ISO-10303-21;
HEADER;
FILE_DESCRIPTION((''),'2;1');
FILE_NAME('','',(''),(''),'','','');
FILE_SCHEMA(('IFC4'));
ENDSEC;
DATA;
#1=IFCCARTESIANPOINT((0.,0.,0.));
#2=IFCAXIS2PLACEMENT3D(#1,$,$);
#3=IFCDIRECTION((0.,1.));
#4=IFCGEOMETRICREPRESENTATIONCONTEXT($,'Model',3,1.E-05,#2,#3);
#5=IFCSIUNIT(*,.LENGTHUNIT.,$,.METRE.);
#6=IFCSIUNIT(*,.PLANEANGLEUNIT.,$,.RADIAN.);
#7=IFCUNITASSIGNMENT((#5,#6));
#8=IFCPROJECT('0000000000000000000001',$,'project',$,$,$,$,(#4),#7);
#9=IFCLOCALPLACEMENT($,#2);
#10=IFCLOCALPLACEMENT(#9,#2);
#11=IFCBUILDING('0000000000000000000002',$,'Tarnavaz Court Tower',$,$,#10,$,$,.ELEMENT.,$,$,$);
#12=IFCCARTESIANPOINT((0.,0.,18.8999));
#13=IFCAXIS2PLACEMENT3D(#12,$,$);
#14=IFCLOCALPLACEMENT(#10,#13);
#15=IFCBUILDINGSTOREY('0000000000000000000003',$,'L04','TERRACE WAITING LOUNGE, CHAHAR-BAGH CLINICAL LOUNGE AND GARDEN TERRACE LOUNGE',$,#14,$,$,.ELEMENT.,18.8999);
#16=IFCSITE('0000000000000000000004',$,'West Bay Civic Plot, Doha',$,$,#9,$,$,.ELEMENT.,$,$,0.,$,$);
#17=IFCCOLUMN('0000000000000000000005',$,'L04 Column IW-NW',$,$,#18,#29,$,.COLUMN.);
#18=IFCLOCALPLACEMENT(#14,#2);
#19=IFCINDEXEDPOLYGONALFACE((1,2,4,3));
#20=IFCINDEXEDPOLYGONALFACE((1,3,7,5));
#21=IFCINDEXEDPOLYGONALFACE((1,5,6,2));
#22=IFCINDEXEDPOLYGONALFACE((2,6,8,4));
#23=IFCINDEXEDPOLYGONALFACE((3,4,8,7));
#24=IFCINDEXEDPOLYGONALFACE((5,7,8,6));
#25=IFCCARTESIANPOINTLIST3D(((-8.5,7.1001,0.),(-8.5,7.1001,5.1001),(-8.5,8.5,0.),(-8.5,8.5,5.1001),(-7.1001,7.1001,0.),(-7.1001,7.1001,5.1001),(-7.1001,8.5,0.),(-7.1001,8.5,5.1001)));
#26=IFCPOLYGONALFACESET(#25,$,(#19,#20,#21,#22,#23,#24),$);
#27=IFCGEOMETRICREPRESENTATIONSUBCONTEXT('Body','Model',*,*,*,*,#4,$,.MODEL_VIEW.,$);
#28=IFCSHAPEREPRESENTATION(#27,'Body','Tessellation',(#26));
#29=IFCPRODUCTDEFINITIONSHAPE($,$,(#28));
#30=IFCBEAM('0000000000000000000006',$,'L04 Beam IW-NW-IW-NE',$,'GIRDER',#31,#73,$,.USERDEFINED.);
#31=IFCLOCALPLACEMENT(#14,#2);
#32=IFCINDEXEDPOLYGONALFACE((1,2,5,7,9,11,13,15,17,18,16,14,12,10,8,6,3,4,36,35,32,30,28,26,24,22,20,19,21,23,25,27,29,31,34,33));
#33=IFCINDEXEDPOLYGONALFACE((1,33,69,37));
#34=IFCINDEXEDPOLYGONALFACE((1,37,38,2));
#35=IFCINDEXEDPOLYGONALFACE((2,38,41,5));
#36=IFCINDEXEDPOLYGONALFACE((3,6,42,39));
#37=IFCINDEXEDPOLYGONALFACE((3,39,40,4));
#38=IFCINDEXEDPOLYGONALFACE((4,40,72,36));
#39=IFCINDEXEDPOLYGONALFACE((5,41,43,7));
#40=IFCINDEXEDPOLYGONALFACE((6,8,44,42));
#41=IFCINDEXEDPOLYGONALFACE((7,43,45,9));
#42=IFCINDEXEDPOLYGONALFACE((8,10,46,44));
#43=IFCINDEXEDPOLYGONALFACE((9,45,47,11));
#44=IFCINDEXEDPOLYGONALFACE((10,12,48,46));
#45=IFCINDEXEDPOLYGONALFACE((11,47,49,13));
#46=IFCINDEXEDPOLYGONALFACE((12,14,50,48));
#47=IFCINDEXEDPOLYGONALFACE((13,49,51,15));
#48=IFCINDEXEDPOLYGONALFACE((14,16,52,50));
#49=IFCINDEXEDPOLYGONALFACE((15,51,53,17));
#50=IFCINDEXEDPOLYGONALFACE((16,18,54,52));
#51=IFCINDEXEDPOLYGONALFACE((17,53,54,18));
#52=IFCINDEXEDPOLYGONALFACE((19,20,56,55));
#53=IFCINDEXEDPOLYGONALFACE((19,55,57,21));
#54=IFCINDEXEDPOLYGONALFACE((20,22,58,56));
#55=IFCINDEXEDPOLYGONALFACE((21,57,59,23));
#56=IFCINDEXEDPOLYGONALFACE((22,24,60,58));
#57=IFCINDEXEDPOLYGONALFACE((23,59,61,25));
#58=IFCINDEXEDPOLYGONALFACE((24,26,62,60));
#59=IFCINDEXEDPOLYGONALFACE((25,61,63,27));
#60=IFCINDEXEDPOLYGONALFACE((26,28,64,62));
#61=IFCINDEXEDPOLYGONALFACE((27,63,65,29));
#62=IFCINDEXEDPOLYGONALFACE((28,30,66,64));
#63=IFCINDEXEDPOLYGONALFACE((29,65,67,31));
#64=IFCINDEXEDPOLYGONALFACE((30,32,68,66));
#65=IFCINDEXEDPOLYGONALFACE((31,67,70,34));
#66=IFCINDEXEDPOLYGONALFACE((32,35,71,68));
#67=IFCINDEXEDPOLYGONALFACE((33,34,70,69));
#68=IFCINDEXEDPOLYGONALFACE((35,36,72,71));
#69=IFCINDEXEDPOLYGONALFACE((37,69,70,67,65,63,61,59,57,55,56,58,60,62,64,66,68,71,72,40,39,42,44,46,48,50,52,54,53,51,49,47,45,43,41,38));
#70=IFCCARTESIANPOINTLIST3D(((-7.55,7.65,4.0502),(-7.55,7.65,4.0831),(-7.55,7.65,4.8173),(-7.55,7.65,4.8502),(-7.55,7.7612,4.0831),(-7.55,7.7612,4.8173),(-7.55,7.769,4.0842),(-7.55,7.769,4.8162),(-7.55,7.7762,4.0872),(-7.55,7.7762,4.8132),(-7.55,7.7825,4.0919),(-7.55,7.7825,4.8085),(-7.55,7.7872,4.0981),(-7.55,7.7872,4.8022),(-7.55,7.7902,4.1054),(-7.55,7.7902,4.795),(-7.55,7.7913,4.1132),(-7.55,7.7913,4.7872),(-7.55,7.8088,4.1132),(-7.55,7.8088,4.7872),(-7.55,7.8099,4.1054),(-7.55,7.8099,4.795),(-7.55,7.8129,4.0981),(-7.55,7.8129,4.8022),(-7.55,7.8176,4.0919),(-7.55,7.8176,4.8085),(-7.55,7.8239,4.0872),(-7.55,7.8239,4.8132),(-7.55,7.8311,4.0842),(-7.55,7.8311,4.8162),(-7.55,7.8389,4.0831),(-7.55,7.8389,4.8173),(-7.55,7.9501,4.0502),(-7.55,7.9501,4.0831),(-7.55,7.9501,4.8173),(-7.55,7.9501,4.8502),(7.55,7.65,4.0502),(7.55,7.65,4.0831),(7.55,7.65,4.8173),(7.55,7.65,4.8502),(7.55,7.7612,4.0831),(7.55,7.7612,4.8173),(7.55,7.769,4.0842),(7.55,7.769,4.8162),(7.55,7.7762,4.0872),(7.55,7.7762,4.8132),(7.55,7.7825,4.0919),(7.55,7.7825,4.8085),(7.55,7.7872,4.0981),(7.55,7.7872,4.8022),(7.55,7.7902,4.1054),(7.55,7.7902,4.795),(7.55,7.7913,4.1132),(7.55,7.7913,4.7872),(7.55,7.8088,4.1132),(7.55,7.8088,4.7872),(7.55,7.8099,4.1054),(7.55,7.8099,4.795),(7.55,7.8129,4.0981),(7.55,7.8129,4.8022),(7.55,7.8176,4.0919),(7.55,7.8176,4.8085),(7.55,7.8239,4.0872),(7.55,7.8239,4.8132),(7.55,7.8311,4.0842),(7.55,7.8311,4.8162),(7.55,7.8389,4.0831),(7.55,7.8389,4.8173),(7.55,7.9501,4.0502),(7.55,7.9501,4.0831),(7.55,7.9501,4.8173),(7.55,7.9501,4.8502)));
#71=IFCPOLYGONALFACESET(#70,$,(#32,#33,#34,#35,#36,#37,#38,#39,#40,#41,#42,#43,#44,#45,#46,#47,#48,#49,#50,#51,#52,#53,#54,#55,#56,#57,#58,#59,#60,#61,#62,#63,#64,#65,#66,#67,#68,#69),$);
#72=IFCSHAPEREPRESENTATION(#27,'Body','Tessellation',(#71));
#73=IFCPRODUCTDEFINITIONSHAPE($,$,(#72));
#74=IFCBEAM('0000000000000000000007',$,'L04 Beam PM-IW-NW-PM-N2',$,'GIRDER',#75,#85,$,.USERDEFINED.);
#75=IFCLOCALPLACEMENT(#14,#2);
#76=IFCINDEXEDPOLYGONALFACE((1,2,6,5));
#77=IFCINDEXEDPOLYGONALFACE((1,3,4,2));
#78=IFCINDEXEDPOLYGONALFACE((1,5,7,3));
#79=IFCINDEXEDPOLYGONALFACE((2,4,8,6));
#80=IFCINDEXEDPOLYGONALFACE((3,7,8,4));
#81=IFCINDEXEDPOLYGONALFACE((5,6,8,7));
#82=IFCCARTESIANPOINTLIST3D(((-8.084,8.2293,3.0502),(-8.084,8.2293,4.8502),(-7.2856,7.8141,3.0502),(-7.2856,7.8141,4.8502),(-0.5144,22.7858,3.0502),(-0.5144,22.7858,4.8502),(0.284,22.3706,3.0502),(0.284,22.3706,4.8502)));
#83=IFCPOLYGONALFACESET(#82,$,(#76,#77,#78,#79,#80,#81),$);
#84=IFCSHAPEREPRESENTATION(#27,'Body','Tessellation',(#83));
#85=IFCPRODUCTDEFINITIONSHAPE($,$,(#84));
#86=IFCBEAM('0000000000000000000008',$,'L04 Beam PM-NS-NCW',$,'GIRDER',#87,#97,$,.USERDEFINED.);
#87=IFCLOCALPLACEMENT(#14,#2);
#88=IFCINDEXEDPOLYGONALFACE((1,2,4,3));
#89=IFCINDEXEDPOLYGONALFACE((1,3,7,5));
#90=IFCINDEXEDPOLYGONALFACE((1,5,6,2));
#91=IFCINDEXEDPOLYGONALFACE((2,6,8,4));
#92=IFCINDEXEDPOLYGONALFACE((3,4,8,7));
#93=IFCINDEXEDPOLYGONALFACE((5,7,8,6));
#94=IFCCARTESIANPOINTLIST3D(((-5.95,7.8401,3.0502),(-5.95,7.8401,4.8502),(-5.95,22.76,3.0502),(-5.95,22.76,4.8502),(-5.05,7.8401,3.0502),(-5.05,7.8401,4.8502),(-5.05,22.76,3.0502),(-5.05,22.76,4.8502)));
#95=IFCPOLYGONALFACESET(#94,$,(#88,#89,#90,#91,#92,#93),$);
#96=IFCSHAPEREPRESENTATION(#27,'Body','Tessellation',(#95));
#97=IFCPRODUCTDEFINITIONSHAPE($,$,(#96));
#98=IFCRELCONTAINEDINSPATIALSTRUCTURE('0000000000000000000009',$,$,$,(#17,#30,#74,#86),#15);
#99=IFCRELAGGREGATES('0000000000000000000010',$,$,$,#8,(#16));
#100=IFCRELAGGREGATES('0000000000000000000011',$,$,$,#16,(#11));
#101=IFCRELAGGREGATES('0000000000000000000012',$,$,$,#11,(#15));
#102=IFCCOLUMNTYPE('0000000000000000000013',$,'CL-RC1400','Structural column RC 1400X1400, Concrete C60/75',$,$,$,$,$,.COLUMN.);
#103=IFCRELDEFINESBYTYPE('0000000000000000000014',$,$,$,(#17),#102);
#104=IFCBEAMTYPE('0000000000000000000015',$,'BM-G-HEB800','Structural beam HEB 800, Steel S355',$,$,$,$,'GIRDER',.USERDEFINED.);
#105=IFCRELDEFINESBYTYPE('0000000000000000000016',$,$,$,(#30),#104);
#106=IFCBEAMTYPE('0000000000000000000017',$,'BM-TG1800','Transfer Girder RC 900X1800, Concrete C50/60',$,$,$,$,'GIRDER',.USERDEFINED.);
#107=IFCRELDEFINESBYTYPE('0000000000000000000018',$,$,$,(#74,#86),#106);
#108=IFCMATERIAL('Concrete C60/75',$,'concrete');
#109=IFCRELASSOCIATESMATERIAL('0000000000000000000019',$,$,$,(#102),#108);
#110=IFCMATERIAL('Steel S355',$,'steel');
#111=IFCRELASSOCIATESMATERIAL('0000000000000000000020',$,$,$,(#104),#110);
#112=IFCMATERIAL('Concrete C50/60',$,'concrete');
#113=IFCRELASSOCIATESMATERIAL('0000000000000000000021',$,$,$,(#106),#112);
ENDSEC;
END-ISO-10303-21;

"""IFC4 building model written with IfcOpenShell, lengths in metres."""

from ifc_helpers import new_model, si_unit, direction, frame, origin, origin_2d, place, context, subcontext, project, spatial, rectangle, i_section, extrude, material, material_profile, profile_set, type_object, element, save


model = new_model("IFC4")

# Units and contexts
model_context = context("Model", 3, precision=1e-05, world=origin(), true_north=direction((0.0, 1.0)))
body_context = subcontext(model_context, "Body", "Model", "MODEL_VIEW")
ifc_project = project(units=[si_unit("LENGTHUNIT", "METRE"), si_unit("PLANEANGLEUNIT", "RADIAN")], contexts=[model_context])

# Site, building, storey
site_placement = place(None, origin())
site = spatial("IfcSite", under=ifc_project, at=site_placement, Name="West Bay Civic Plot, Doha", CompositionType="ELEMENT", RefElevation=0.0)
building_placement = place(site_placement, origin())
building = spatial("IfcBuilding", under=site, at=building_placement, Name="Tarnavaz Court Tower", CompositionType="ELEMENT")
storey_placement = place(building_placement, frame((0.0, 0.0, 18.8999)))
storey = spatial("IfcBuildingStorey", under=building, at=storey_placement, Name="L04", Description="TERRACE WAITING LOUNGE, CHAHAR-BAGH CLINICAL LOUNGE AND GARDEN TERRACE LOUNGE", CompositionType="ELEMENT", Elevation=18.8999)

# Column
ifc_material_1 = material(Name="Concrete C60/75", Category="concrete")
ifc_material_profile_1 = material_profile(ifc_material_1, rectangle(XDim=1.3999, YDim=1.3999, at=origin_2d()), Name="RC 1400X1400")
ifc_profile_set_1 = profile_set([ifc_material_profile_1], Name="Concrete C60/75")
column_type = type_object("IfcColumnType", Name="CL-RC1400", Description="Structural column RC 1400X1400, Concrete C60/75", PredefinedType="COLUMN", material=ifc_profile_set_1)
column_placement = place(storey_placement, frame((-7.8, 7.8, 0.0), z_axis=(0.0, 0.0, 1.0), x_axis=(1.0, 0.0, 0.0)))
element("IfcColumn", 1, at=column_placement, inside=storey, type_object=column_type, Name="L04 Column IW-NW", PredefinedType="COLUMN", context=body_context, shape_type="SweptSolid", body=[
    extrude(rectangle(XDim=1.3999, YDim=1.3999, at=origin_2d()), origin(), (0.0, 0.0, 1.0), 5.1001),
])

# Beams
ifc_material_2 = material(Name="Steel S355", Category="steel")
ifc_material_profile_2 = material_profile(ifc_material_2, i_section(OverallWidth=0.3, OverallDepth=0.8, WebThickness=0.0176, FlangeThickness=0.033, FilletRadius=0.03, at=origin_2d()), Name="HEB 800")
ifc_profile_set_2 = profile_set([ifc_material_profile_2], Name="Steel S355")
beam_type_1 = type_object("IfcBeamType", Name="BM-G-HEB800", Description="Structural beam HEB 800, Steel S355", ElementType="GIRDER", PredefinedType="USERDEFINED", material=ifc_profile_set_2)
beam_1_placement = place(storey_placement, frame((-7.55, 7.8, 4.4502), z_axis=(1.0, 0.0, 0.0), x_axis=(0.0, 1.0, 0.0)))
element("IfcBeam", 2, at=beam_1_placement, inside=storey, type_object=beam_type_1, Name="L04 Beam IW-NW-IW-NE", ObjectType="GIRDER", PredefinedType="USERDEFINED", context=body_context, shape_type="SweptSolid", body=[
    extrude(i_section(OverallWidth=0.3, OverallDepth=0.8, WebThickness=0.0176, FlangeThickness=0.033, FilletRadius=0.03, at=origin_2d()), origin(), (0.0, 0.0, 1.0), 15.1001),
])
ifc_material_3 = material(Name="Concrete C50/60", Category="concrete")
ifc_material_profile_3 = material_profile(ifc_material_3, rectangle(XDim=0.8999, YDim=1.8, at=origin_2d()), Name="RC 900X1800")
ifc_profile_set_3 = profile_set([ifc_material_profile_3], Name="Concrete C50/60")
beam_type_2 = type_object("IfcBeamType", Name="BM-TG1800", Description="Transfer Girder RC 900X1800, Concrete C50/60", ElementType="GIRDER", PredefinedType="USERDEFINED", material=ifc_profile_set_3)
beam_2_placement = place(storey_placement, frame((-7.6848, 8.0217, 3.9502), z_axis=(0.461365, 0.88721, 0.0), x_axis=(-0.88721, 0.461365, 0.0)))
element("IfcBeam", 3, at=beam_2_placement, inside=storey, type_object=beam_type_2, Name="L04 Beam PM-IW-NW-PM-N2", ObjectType="GIRDER", PredefinedType="USERDEFINED", context=body_context, shape_type="SweptSolid", body=[
    extrude(rectangle(XDim=0.8999, YDim=1.8, at=origin_2d()), origin(), (0.0, 0.0, 1.0), 16.407),
])
beam_3_placement = place(storey_placement, frame((-5.5, 7.8401, 3.9502), z_axis=(0.0, 1.0, 0.0), x_axis=(-1.0, 0.0, 0.0)))
element("IfcBeam", 4, at=beam_3_placement, inside=storey, type_object=beam_type_2, Name="L04 Beam PM-NS-NCW", ObjectType="GIRDER", PredefinedType="USERDEFINED", context=body_context, shape_type="SweptSolid", body=[
    extrude(rectangle(XDim=0.8999, YDim=1.8, at=origin_2d()), origin(), (0.0, 0.0, 1.0), 14.9199),
])

save(model, "model.ifc")
